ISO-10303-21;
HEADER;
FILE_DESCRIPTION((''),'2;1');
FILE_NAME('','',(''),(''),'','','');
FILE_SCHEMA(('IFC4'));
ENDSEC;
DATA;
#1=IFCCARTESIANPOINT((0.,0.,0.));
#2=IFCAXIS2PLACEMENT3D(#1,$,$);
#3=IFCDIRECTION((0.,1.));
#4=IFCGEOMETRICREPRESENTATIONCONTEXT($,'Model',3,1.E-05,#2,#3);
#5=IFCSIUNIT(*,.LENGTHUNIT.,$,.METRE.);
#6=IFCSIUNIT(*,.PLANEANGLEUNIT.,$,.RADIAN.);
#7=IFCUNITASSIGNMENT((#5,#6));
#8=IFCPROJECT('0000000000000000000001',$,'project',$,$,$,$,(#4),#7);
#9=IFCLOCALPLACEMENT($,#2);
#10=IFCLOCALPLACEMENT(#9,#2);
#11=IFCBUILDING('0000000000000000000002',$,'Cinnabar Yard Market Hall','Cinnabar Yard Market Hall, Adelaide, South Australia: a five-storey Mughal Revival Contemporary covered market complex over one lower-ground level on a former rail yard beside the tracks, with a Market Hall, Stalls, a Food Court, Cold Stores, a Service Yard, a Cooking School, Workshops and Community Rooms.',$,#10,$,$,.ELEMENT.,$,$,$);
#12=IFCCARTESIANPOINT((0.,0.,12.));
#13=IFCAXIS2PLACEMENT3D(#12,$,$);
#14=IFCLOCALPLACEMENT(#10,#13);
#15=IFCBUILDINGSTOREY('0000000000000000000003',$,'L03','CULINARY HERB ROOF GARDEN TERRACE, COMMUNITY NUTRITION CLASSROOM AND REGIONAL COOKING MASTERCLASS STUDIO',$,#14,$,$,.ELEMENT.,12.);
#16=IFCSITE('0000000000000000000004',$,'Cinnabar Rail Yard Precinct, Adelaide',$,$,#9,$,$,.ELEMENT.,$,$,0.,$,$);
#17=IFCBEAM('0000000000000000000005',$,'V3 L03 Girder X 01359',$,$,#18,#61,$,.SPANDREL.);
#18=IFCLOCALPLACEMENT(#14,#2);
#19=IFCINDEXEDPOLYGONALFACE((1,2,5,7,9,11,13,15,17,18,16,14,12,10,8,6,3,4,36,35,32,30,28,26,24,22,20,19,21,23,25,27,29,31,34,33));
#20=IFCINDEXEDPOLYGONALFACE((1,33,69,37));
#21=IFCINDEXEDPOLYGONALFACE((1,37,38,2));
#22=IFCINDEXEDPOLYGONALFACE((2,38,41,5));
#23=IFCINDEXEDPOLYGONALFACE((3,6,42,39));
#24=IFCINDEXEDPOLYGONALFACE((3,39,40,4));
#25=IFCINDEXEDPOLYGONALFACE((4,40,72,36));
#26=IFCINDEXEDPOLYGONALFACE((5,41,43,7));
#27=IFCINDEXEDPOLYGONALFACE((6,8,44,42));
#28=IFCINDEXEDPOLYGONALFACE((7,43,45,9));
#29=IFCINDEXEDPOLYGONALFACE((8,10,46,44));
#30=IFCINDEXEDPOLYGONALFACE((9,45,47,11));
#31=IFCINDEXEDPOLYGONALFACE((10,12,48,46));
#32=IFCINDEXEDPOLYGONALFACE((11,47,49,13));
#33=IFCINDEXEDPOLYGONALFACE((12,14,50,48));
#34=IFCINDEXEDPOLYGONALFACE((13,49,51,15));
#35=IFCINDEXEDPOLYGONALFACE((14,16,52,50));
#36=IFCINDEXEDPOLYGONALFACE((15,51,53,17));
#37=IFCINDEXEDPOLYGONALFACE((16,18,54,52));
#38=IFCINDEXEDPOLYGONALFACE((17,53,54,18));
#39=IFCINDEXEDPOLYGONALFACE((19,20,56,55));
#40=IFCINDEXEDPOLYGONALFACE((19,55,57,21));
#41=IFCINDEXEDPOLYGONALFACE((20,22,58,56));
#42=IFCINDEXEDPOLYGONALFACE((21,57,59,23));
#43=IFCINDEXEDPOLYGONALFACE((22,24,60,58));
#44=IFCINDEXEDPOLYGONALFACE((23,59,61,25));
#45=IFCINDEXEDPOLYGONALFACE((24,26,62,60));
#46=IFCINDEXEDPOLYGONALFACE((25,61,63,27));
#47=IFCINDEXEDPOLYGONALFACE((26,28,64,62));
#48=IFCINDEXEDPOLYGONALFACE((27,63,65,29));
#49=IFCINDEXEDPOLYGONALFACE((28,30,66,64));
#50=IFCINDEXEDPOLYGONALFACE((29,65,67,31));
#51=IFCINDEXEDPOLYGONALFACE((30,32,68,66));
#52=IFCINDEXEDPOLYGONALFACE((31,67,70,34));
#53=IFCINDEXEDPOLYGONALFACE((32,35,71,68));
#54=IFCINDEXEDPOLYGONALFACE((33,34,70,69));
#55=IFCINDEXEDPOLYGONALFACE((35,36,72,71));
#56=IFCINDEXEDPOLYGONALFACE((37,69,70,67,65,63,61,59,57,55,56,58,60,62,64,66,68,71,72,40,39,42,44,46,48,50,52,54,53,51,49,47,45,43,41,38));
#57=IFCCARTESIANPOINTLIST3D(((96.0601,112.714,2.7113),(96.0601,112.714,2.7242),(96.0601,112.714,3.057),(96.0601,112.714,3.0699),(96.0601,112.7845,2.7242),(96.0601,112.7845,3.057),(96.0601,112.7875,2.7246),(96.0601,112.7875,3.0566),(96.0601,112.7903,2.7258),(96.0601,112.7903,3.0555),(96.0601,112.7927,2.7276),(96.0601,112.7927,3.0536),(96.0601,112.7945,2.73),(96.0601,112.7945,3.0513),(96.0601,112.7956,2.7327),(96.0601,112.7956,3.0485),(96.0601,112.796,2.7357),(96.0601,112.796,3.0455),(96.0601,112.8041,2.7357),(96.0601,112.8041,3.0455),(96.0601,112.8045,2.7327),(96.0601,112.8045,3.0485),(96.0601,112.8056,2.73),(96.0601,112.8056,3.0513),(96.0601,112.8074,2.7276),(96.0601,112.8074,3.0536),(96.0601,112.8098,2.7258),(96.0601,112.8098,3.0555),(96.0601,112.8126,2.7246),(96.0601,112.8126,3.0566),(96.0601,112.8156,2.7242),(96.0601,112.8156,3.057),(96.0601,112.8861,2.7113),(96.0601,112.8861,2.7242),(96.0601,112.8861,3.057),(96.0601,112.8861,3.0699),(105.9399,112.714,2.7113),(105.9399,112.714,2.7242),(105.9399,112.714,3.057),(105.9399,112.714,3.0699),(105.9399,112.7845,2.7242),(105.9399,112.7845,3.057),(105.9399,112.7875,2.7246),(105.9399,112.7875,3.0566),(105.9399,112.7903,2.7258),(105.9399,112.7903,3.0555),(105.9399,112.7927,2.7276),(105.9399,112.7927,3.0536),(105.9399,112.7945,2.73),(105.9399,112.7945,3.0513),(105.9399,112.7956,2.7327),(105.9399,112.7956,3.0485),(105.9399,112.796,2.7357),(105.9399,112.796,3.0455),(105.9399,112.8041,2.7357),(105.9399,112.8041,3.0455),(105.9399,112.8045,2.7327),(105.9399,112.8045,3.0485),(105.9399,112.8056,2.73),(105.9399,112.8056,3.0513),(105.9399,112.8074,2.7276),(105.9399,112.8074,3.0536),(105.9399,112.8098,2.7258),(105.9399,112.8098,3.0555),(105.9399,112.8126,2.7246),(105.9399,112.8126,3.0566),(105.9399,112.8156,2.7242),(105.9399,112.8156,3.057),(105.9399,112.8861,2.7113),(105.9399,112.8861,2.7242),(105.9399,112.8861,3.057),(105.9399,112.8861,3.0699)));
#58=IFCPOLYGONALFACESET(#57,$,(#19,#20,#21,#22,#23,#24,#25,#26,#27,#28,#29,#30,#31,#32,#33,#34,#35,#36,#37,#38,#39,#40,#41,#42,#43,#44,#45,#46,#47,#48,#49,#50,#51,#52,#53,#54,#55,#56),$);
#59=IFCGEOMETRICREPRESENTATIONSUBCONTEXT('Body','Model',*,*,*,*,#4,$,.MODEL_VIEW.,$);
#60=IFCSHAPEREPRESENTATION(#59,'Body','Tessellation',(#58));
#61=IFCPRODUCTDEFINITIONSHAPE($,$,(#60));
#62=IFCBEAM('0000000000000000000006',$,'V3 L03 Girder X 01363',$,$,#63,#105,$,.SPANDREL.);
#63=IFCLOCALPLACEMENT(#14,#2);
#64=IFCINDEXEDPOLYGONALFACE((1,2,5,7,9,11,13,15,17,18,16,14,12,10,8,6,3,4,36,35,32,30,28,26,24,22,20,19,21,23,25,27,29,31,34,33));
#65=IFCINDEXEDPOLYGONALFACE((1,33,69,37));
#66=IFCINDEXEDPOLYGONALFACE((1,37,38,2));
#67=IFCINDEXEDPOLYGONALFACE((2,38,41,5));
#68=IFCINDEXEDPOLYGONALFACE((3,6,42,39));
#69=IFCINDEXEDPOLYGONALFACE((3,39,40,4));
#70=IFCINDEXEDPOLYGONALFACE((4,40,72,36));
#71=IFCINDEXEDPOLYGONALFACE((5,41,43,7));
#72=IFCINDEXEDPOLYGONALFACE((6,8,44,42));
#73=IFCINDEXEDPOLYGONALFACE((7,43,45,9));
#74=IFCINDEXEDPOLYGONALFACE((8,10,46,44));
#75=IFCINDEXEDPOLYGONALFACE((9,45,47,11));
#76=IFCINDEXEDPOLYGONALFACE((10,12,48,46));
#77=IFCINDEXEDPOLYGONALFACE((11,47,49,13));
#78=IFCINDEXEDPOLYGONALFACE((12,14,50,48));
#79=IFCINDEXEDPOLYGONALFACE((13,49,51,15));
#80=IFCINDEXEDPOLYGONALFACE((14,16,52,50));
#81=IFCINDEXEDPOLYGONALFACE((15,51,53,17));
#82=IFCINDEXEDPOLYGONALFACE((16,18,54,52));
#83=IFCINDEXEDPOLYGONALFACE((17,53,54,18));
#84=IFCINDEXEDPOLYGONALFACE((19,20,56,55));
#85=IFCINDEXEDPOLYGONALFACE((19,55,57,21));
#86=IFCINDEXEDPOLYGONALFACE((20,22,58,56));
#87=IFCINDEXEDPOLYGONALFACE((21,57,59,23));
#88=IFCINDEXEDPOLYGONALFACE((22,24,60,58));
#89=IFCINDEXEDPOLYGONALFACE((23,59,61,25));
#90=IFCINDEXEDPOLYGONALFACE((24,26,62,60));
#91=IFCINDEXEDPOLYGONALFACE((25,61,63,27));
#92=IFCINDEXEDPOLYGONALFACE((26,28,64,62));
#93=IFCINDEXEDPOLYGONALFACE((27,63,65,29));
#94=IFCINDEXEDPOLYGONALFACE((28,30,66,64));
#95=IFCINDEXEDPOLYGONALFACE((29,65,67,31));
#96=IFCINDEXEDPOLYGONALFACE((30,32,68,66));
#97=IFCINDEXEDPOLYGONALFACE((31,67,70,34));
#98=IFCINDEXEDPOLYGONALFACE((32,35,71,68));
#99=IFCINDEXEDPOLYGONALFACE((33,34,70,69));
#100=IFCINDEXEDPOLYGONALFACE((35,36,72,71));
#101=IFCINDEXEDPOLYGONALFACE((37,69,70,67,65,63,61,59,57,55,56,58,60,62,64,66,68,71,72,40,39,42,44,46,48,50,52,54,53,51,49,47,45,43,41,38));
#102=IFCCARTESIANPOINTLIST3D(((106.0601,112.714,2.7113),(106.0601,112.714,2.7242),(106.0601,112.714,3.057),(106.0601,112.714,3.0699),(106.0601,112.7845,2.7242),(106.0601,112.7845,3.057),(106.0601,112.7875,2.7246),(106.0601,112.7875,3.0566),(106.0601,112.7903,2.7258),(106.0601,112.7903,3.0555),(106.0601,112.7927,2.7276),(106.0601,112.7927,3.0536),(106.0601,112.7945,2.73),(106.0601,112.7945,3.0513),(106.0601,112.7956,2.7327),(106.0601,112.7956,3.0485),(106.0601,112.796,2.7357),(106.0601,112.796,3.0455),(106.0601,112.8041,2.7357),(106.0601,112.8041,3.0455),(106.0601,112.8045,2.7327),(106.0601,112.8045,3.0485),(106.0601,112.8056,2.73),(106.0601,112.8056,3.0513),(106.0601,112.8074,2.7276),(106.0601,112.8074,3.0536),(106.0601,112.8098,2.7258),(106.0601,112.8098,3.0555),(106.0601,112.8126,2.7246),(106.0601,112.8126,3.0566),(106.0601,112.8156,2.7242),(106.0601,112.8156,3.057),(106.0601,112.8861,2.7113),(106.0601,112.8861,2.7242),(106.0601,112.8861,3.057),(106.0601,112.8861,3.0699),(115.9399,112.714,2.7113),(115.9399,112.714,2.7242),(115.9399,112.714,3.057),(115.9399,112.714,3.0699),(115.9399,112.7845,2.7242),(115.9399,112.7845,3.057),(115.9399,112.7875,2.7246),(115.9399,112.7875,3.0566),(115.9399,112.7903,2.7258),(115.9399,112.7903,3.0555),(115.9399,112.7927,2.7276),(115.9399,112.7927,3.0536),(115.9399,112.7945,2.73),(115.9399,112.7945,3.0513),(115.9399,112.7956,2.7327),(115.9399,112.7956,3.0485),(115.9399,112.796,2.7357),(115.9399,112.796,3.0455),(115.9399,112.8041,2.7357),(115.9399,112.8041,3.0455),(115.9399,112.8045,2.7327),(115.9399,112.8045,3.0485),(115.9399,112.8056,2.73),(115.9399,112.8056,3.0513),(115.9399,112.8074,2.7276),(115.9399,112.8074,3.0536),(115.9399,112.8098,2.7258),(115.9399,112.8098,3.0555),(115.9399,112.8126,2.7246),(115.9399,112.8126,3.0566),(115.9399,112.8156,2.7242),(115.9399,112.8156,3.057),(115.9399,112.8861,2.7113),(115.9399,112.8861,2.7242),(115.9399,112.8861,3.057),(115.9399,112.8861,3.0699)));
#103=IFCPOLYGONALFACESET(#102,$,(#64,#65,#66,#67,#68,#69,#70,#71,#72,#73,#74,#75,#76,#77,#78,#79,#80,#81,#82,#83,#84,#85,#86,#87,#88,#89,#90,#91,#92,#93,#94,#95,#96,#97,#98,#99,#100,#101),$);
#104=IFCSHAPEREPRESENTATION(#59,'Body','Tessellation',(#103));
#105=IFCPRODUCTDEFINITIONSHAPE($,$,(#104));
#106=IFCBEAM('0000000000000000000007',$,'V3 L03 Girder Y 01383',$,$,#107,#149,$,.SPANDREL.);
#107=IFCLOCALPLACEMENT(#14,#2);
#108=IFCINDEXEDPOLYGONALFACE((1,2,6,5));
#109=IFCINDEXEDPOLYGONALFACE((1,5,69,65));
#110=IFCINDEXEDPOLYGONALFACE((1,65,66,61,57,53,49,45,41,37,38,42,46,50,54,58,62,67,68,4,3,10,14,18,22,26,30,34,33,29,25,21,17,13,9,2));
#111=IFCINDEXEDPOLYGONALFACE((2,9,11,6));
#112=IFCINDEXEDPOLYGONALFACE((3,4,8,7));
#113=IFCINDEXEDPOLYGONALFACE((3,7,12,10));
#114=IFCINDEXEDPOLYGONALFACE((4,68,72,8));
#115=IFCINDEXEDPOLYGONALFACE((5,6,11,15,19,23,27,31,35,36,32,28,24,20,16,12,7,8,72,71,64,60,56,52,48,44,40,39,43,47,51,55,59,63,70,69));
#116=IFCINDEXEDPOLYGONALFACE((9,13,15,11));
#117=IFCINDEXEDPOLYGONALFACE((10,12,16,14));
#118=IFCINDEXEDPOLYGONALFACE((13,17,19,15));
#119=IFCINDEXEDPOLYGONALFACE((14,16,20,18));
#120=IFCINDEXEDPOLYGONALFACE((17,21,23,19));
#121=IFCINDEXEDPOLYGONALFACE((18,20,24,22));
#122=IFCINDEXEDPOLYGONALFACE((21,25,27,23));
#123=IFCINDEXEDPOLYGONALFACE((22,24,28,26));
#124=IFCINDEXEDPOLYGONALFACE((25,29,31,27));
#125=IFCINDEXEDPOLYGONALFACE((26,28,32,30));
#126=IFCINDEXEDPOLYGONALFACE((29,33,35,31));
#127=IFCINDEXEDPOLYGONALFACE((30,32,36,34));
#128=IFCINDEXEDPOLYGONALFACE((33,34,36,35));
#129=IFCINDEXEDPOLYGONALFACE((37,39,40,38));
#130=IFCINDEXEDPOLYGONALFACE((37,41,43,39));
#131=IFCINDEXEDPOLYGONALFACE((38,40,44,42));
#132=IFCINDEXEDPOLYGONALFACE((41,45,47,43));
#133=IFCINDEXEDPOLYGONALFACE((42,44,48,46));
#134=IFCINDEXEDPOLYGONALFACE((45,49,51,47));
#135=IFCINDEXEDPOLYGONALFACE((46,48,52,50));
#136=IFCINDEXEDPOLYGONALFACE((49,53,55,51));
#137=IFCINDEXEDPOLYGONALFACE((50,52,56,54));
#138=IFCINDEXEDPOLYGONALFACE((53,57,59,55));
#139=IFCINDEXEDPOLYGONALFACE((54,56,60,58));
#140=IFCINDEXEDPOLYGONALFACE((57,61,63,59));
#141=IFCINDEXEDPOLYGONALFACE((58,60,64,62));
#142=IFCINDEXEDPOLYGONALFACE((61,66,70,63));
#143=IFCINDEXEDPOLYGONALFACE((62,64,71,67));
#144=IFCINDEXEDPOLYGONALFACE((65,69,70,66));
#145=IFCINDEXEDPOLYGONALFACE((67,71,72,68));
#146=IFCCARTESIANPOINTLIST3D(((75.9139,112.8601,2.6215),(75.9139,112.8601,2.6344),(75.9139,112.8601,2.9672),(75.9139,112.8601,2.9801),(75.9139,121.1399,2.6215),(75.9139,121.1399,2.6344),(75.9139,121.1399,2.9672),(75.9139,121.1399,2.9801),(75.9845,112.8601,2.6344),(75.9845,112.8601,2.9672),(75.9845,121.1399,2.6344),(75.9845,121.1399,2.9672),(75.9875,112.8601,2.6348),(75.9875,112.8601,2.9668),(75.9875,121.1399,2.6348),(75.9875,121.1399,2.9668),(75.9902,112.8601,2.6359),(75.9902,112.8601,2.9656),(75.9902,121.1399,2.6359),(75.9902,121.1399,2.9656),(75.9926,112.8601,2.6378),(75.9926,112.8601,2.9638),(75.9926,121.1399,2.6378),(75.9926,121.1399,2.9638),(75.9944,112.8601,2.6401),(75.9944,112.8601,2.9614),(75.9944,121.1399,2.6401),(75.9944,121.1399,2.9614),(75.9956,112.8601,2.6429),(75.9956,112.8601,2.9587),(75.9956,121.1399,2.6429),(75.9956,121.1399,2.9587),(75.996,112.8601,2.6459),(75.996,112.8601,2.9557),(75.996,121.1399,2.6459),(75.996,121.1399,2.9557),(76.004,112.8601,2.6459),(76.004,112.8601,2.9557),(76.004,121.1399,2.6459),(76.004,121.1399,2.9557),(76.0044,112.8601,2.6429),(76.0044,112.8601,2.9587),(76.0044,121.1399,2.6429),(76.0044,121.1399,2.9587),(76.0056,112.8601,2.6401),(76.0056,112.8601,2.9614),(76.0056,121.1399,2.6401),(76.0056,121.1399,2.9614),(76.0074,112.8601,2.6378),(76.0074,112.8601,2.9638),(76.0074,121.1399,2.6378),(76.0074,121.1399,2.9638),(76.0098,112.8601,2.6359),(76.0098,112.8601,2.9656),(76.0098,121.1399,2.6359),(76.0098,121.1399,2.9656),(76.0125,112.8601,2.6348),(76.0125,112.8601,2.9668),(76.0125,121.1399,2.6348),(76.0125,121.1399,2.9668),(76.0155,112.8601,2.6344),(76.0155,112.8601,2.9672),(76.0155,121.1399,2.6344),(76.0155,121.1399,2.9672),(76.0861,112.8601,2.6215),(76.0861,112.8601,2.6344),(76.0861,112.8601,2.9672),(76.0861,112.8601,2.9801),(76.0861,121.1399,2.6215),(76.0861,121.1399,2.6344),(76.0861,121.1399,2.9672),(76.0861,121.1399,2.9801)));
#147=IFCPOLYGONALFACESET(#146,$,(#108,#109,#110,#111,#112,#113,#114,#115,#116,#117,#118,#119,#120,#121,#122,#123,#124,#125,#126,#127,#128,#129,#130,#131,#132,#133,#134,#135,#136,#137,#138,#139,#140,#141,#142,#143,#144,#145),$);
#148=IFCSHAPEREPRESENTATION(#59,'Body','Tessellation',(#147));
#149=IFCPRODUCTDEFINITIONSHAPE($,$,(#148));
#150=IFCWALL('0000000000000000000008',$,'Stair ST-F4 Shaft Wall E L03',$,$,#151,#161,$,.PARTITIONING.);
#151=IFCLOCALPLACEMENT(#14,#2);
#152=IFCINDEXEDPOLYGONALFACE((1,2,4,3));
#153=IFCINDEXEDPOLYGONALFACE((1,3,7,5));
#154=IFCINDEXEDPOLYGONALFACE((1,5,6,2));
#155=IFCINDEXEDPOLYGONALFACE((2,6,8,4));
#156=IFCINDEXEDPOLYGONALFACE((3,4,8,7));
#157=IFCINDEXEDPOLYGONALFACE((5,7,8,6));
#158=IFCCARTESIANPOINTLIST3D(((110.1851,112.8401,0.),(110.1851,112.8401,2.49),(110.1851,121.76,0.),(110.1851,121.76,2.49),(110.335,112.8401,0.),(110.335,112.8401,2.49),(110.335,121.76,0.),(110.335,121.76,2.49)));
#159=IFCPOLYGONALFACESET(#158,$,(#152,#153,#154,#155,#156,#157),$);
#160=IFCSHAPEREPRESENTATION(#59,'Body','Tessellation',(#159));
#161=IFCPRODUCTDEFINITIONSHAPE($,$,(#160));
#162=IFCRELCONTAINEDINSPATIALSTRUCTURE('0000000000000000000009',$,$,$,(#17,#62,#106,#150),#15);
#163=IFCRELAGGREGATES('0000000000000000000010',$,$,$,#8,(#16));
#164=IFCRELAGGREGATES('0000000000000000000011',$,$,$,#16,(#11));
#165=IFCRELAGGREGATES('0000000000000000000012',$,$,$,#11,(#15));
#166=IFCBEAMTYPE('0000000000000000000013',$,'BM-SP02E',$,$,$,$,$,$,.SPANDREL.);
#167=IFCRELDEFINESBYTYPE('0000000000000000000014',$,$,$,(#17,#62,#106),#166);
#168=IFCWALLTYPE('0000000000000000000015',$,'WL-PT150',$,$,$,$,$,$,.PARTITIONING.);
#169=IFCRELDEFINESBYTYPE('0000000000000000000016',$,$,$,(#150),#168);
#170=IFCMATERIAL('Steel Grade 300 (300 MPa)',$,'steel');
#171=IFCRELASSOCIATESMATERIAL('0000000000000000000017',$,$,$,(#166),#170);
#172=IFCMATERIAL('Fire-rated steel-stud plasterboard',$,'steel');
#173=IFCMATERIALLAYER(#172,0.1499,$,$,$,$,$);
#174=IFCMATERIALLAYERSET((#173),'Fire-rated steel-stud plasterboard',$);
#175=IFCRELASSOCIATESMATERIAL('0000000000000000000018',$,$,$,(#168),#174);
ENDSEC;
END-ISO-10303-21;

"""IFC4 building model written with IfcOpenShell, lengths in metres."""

from ifc_helpers import new_model, si_unit, direction, frame, frame_2d, origin, origin_2d_with_axis, place, context, subcontext, project, spatial, rectangle, i_section, extrude, material, layer, layer_set, material_profile, profile_set, type_object, element, save


model = new_model("IFC4")

# Units and contexts
model_context = context("Model", 3, precision=1e-05, world=origin(), true_north=direction((0.0, 1.0)))
body_context = subcontext(model_context, "Body", "Model", "MODEL_VIEW")
ifc_project = project(units=[si_unit("LENGTHUNIT", "METRE"), si_unit("PLANEANGLEUNIT", "RADIAN")], contexts=[model_context])

# Site, building, storey
site_placement = place(None, origin())
site = spatial("IfcSite", under=ifc_project, at=site_placement, Name="Cinnabar Rail Yard Precinct, Adelaide", CompositionType="ELEMENT", RefElevation=0.0)
building_placement = place(site_placement, origin())
building = spatial("IfcBuilding", under=site, at=building_placement, Name="Cinnabar Yard Market Hall", Description="Cinnabar Yard Market Hall, Adelaide, South Australia: a five-storey Mughal Revival Contemporary covered market complex over one lower-ground level on a former rail yard beside the tracks, with a Market Hall, Stalls, a Food Court, Cold Stores, a Service Yard, a Cooking School, Workshops and Community Rooms.", CompositionType="ELEMENT")
storey_placement = place(building_placement, frame((0.0, 0.0, 12.0)))
storey = spatial("IfcBuildingStorey", under=building, at=storey_placement, Name="L03", Description="CULINARY HERB ROOF GARDEN TERRACE, COMMUNITY NUTRITION CLASSROOM AND REGIONAL COOKING MASTERCLASS STUDIO", CompositionType="ELEMENT", Elevation=12.0)

# Shared definitions
ifc_material_1 = material(Name="Steel Grade 300 (300 MPa)", Category="steel")

# Beams
ifc_material_profile_1 = material_profile(ifc_material_1, i_section(OverallWidth=0.1721, OverallDepth=0.3586, WebThickness=0.0081, FlangeThickness=0.0129, FilletRadius=0.0115, at=origin_2d_with_axis()), Name="360UB56.7")
ifc_profile_set_1 = profile_set([ifc_material_profile_1], Name="Steel Grade 300 (300 MPa)")
beam_type_1 = type_object("IfcBeamType", Name="BM-SP02E", PredefinedType="SPANDREL", material=ifc_profile_set_1)
for number, where, z_axis, x_axis, name in (
    (1, (96.0601, 112.8, 2.8906), (1.0, 0.0, 0.0), (0.0, 1.0, 0.0), "V3 L03 Girder X 01359"),
    (2, (106.0601, 112.8, 2.8906), (1.0, 0.0, 0.0), (0.0, 1.0, 0.0), "V3 L03 Girder X 01363"),
):
    element("IfcBeam", number, at=place(storey_placement, frame(where, z_axis=z_axis, x_axis=x_axis)), inside=storey, type_object=beam_type_1, Name=name, PredefinedType="SPANDREL", context=body_context, shape_type="SweptSolid", body=[
        extrude(i_section(OverallWidth=0.1721, OverallDepth=0.3586, WebThickness=0.0081, FlangeThickness=0.0129, FilletRadius=0.0115, at=origin_2d_with_axis()), origin(), (0.0, 0.0, 1.0), 9.8799),
    ])
beam_placement = place(storey_placement, frame((76.0, 112.8601, 2.8008), z_axis=(0.0, 1.0, 0.0), x_axis=(-1.0, 0.0, 0.0)))
element("IfcBeam", 3, at=beam_placement, inside=storey, type_object=beam_type_1, Name="V3 L03 Girder Y 01383", PredefinedType="SPANDREL", context=body_context, shape_type="SweptSolid", body=[
    extrude(i_section(OverallWidth=0.1721, OverallDepth=0.3586, WebThickness=0.0081, FlangeThickness=0.0129, FilletRadius=0.0115, at=origin_2d_with_axis()), origin(), (0.0, 0.0, 1.0), 8.2798),
])

# Wall
ifc_material_2 = material(Name="Fire-rated steel-stud plasterboard", Category="steel")
ifc_layer_1 = layer(ifc_material_2, 0.1499)
ifc_layer_set_1 = layer_set([ifc_layer_1], Name="Fire-rated steel-stud plasterboard")
wall_type_1 = type_object("IfcWallType", Name="WL-PT150", PredefinedType="PARTITIONING", material=ifc_layer_set_1)
wall_1_placement = place(storey_placement, frame((110.26, 112.8401, 0.0), z_axis=(0.0, 0.0, 1.0), x_axis=(0.0, 1.0, 0.0)))
element("IfcWall", 4, at=wall_1_placement, inside=storey, type_object=wall_type_1, Name="Stair ST-F4 Shaft Wall E L03", PredefinedType="PARTITIONING", context=body_context, shape_type="SweptSolid", body=[
    extrude(rectangle(XDim=8.9199, YDim=0.1499, at=frame_2d((4.46, 0.0), x_axis=(1.0, 0.0))), origin(), (0.0, 0.0, 1.0), 2.49),
])

save(model, "model.ifc")
